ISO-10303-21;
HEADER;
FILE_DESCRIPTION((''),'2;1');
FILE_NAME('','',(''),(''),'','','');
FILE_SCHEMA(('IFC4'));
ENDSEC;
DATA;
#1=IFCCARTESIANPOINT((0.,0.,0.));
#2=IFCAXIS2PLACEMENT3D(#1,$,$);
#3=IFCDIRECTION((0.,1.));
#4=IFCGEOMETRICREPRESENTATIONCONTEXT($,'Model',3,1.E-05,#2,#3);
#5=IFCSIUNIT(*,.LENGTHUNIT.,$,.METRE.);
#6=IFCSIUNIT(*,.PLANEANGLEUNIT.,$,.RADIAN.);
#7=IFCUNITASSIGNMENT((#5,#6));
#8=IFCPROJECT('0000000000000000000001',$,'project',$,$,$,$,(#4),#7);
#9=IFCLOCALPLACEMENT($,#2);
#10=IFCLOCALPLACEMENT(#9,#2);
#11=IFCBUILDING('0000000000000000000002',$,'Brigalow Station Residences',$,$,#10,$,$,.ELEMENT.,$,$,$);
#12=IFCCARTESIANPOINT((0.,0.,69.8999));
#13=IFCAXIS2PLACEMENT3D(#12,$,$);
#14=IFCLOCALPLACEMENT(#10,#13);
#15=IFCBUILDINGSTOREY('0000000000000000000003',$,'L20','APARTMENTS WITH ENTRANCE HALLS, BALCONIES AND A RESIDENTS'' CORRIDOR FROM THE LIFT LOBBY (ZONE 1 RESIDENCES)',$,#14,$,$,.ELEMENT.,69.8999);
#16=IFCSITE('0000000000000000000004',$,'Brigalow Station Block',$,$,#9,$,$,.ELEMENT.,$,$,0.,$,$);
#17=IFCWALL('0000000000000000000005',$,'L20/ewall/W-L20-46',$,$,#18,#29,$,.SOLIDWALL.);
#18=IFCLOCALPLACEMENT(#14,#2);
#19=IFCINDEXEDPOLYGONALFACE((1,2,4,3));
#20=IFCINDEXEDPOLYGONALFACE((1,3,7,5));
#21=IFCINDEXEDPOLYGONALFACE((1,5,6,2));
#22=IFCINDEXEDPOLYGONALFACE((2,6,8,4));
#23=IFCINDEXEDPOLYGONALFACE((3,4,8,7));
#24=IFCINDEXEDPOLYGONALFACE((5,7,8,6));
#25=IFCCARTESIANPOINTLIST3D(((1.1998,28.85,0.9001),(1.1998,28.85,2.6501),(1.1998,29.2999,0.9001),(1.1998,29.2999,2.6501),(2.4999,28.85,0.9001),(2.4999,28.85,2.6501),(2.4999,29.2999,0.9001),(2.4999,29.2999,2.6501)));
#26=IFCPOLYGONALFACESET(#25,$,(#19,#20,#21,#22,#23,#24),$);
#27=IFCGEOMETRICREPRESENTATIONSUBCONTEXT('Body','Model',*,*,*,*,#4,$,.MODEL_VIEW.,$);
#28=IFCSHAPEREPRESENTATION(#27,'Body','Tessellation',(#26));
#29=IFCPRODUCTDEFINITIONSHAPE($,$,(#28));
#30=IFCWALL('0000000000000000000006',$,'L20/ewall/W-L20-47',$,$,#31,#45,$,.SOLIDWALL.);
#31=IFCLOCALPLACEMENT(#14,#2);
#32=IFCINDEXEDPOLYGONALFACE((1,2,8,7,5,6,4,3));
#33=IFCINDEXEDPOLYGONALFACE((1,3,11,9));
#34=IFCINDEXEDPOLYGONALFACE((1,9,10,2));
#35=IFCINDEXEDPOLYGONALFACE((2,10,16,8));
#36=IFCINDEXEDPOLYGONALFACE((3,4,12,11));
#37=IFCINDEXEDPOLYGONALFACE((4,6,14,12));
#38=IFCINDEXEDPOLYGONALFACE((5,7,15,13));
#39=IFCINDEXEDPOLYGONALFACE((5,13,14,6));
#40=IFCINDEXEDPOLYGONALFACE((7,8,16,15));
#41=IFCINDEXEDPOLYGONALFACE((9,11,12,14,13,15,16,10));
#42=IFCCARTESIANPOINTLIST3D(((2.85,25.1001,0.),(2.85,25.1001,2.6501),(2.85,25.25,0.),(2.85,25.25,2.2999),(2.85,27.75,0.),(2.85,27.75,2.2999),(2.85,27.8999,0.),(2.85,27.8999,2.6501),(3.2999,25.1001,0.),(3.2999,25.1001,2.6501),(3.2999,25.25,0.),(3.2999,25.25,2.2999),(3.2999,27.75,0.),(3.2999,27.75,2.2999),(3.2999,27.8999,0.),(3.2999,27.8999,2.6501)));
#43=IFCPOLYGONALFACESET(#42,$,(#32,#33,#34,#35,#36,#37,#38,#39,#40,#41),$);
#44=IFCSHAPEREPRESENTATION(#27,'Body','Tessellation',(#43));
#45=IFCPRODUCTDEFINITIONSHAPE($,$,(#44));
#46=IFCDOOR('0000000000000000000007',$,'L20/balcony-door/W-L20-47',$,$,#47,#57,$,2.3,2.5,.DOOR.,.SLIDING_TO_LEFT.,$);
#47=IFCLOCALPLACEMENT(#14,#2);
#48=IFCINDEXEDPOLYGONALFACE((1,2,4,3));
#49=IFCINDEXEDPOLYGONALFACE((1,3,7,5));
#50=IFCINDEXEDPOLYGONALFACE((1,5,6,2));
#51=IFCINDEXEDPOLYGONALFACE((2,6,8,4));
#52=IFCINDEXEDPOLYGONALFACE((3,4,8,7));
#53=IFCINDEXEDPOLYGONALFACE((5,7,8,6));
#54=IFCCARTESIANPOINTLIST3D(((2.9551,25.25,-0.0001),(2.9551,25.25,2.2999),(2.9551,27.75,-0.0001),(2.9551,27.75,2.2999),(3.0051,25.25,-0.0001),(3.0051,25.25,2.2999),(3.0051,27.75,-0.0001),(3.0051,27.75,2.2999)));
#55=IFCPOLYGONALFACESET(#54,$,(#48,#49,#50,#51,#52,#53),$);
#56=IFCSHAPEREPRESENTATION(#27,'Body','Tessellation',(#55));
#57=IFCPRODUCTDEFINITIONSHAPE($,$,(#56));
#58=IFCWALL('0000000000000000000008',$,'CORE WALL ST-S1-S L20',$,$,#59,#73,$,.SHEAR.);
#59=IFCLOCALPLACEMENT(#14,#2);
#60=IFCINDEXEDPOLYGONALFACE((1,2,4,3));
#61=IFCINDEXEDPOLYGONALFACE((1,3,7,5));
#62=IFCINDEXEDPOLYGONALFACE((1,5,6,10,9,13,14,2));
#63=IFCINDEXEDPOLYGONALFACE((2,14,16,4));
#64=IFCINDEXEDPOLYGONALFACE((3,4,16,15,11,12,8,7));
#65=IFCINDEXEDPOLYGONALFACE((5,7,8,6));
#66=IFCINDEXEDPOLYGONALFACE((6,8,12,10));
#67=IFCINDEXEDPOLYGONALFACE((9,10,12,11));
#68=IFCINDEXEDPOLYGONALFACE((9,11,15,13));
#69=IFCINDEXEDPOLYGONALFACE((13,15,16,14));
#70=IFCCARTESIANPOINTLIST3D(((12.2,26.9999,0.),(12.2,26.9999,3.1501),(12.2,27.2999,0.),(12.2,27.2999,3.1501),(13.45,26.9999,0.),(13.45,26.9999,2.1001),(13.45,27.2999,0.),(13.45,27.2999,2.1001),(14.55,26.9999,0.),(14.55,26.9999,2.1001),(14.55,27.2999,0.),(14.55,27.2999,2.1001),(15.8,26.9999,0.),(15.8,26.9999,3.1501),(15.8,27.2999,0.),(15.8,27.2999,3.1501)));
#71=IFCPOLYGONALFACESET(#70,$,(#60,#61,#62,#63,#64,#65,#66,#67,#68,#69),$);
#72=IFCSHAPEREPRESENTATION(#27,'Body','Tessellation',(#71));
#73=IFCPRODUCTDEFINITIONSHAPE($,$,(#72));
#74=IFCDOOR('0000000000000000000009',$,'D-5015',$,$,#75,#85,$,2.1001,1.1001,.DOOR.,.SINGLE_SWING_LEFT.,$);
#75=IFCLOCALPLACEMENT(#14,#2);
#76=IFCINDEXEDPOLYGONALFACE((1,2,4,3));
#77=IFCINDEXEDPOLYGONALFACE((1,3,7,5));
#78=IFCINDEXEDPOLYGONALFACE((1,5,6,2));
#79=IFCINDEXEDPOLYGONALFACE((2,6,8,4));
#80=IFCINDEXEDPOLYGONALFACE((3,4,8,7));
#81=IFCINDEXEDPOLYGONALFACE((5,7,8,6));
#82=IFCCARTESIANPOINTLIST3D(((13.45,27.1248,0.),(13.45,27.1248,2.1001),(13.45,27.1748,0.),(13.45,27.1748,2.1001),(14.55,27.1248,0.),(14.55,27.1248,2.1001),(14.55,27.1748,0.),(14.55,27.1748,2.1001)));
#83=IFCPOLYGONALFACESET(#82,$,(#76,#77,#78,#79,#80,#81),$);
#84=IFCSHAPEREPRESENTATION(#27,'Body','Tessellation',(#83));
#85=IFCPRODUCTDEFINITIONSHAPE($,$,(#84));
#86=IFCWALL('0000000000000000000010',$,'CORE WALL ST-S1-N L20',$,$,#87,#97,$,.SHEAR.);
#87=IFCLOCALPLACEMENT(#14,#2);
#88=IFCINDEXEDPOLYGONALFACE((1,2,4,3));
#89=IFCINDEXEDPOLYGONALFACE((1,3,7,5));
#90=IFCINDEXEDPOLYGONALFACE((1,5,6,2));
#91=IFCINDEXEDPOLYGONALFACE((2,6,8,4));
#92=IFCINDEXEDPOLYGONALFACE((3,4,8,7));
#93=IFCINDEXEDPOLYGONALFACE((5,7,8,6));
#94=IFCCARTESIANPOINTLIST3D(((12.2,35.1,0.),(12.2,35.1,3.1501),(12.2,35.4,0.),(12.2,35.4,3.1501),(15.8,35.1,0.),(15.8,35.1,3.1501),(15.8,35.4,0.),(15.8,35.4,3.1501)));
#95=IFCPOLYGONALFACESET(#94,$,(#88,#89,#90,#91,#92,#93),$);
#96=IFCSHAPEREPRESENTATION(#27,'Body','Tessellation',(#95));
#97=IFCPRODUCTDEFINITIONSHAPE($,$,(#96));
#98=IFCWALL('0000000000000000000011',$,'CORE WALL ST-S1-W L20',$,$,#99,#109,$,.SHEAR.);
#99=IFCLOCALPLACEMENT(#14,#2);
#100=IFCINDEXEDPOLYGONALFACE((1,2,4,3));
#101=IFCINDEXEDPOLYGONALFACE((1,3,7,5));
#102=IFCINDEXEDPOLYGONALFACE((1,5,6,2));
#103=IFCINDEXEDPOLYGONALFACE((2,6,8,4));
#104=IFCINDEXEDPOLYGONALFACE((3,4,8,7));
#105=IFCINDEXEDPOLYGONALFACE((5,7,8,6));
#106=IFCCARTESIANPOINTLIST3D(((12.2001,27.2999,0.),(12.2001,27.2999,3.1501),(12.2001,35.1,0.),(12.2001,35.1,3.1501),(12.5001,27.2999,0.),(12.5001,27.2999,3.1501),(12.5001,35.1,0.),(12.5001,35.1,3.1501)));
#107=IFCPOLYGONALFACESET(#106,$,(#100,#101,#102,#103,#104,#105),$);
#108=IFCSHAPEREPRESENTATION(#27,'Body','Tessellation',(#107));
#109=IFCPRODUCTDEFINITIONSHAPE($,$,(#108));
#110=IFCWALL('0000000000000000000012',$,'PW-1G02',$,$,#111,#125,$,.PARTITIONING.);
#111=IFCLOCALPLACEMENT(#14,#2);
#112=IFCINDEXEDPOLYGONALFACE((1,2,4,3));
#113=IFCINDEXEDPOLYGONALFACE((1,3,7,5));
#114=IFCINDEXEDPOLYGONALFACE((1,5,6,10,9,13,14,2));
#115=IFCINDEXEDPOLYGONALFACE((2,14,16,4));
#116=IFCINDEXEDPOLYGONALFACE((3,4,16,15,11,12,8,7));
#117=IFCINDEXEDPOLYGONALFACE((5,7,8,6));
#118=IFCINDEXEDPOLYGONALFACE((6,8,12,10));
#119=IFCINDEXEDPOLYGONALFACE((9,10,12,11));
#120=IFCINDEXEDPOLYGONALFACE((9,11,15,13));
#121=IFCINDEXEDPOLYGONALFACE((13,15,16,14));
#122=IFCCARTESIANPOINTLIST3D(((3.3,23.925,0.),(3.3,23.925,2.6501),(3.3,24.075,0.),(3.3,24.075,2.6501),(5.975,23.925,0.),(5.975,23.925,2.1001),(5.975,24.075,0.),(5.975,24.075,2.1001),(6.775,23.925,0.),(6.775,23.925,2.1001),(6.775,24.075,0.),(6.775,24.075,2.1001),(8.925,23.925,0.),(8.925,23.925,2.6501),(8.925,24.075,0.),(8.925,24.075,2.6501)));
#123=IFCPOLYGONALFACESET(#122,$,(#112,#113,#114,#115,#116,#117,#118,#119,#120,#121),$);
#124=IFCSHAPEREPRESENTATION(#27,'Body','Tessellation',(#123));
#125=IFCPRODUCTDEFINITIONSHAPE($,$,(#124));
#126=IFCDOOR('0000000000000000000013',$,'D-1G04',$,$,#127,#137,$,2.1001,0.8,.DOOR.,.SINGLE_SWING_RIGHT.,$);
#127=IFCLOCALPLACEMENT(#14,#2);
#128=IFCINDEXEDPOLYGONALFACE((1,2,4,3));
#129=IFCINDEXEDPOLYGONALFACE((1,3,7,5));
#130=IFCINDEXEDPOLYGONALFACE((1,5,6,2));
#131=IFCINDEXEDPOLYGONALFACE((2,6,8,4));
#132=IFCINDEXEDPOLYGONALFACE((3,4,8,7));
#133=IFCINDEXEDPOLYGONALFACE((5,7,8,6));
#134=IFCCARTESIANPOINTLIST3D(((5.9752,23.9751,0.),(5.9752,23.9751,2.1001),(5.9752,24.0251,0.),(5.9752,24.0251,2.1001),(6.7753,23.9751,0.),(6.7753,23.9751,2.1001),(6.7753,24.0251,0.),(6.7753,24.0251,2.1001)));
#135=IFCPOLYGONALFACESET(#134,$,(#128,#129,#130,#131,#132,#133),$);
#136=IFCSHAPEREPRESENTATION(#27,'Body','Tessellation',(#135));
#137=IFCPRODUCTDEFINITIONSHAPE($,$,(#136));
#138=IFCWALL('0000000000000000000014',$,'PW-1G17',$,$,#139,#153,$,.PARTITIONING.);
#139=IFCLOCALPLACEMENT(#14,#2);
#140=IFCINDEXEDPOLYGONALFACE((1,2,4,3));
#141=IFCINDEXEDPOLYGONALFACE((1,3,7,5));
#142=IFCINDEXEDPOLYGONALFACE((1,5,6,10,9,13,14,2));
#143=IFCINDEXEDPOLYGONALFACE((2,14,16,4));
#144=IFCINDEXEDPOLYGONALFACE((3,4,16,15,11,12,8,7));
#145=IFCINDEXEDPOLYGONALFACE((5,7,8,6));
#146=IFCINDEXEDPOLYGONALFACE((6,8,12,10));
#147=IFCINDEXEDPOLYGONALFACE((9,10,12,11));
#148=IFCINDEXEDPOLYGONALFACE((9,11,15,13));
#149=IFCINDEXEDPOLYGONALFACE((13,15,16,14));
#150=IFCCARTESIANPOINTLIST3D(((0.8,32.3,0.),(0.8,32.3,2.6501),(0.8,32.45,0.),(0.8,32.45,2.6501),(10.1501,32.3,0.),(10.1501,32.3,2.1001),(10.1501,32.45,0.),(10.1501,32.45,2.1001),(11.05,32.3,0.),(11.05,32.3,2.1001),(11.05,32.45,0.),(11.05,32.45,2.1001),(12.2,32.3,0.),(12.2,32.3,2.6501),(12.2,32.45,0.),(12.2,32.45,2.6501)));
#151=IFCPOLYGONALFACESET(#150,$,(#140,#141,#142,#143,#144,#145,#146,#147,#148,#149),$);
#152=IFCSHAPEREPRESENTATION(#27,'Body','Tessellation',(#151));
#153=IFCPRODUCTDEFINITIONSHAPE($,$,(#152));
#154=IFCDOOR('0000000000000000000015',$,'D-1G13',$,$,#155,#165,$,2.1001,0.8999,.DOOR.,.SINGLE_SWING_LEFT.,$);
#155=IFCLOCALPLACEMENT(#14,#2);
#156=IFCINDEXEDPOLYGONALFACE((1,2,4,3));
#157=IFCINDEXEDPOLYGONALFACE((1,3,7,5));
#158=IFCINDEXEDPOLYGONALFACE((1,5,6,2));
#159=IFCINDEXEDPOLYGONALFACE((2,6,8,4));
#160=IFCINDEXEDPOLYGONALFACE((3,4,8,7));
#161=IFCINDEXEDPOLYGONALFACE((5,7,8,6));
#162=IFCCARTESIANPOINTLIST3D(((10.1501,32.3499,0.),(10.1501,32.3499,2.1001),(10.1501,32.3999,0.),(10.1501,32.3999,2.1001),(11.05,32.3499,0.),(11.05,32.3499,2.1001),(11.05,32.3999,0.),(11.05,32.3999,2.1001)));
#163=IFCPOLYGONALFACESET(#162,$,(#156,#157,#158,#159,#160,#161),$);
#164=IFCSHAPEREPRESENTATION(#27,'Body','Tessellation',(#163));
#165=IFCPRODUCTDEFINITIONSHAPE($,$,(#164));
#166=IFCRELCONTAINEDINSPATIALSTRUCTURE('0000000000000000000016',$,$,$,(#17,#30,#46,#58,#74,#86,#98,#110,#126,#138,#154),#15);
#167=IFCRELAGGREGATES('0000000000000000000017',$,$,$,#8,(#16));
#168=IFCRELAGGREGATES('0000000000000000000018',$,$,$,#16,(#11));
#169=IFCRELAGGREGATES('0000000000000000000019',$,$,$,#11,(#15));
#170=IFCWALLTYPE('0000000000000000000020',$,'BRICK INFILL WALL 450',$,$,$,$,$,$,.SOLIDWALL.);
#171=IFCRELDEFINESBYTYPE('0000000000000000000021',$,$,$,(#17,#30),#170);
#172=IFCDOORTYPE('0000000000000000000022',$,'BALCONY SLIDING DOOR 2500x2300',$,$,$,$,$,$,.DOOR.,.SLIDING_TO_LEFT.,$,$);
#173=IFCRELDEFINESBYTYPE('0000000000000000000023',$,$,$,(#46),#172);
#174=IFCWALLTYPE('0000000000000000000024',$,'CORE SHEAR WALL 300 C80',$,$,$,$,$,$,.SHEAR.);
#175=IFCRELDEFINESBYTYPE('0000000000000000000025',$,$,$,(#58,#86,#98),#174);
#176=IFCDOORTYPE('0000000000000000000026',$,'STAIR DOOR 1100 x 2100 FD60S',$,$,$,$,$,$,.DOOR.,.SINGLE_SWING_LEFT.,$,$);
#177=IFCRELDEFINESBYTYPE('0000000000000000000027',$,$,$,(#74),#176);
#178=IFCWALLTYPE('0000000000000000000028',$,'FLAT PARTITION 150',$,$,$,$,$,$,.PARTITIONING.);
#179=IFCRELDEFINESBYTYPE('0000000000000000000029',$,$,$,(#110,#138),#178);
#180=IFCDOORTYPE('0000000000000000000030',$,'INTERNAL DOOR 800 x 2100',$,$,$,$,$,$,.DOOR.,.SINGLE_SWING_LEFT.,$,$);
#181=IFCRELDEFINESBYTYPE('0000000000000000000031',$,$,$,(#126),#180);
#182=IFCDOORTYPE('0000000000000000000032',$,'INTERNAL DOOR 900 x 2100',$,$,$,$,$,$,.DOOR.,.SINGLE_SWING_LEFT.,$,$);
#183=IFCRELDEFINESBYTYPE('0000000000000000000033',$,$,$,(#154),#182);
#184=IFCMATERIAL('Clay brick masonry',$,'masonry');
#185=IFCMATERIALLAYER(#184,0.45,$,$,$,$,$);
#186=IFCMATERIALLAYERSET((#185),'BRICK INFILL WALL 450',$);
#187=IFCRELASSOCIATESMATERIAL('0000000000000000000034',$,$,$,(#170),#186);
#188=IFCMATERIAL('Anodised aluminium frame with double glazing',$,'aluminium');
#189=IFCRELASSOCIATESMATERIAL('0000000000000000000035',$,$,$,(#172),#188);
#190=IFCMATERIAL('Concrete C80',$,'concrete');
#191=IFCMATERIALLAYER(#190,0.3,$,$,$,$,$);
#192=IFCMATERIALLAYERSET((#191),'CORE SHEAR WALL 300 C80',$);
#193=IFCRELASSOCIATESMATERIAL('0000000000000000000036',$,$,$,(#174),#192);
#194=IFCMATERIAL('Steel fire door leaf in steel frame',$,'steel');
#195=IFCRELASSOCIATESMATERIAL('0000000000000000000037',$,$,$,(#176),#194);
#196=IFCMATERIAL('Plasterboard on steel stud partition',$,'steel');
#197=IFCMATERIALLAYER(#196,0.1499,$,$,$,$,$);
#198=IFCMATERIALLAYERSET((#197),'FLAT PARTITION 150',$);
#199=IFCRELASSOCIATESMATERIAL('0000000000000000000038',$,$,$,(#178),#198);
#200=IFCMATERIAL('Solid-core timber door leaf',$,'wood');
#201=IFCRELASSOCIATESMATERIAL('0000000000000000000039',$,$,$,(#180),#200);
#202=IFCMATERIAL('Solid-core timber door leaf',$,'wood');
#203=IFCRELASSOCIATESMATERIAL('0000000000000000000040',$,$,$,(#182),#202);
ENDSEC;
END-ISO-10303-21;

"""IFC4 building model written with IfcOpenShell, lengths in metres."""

from ifc_helpers import new_model, si_unit, direction, frame, frame_2d, origin, place, context, subcontext, project, spatial, rectangle, extrude, material, layer, layer_set, type_object, element, fill, save


model = new_model("IFC4")

# Units and contexts
model_context = context("Model", 3, precision=1e-05, world=origin(), true_north=direction((0.0, 1.0)))
body_context = subcontext(model_context, "Body", "Model", "MODEL_VIEW")
ifc_project = project(units=[si_unit("LENGTHUNIT", "METRE"), si_unit("PLANEANGLEUNIT", "RADIAN")], contexts=[model_context])

# Site, building, storey
site_placement = place(None, origin())
site = spatial("IfcSite", under=ifc_project, at=site_placement, Name="Brigalow Station Block", CompositionType="ELEMENT", RefElevation=0.0)
building_placement = place(site_placement, origin())
building = spatial("IfcBuilding", under=site, at=building_placement, Name="Brigalow Station Residences", CompositionType="ELEMENT")
storey_placement = place(building_placement, frame((0.0, 0.0, 69.8999)))
storey = spatial("IfcBuildingStorey", under=building, at=storey_placement, Name="L20", Description="APARTMENTS WITH ENTRANCE HALLS, BALCONIES AND A RESIDENTS' CORRIDOR FROM THE LIFT LOBBY (ZONE 1 RESIDENCES)", CompositionType="ELEMENT", Elevation=69.8999)

# Shared definitions
ifc_material_1 = material(Name="Clay brick masonry", Category="masonry")
ifc_layer_1 = layer(ifc_material_1, 0.45)
ifc_layer_set_1 = layer_set([ifc_layer_1], Name="BRICK INFILL WALL 450")
wall_type_1 = type_object("IfcWallType", Name="BRICK INFILL WALL 450", PredefinedType="SOLIDWALL", material=ifc_layer_set_1)

# Wall
wall_1_placement = place(storey_placement, frame((1.2, 29.075, 0.9001), z_axis=(0.0, 0.0, 1.0), x_axis=(1.0, 0.0, 0.0)))
element("IfcWall", 1, at=wall_1_placement, inside=storey, type_object=wall_type_1, Name="L20/ewall/W-L20-46", PredefinedType="SOLIDWALL", context=body_context, shape_type="SweptSolid", body=[
    extrude(rectangle(XDim=1.3, YDim=0.45, at=frame_2d((0.6499, 0.0))), origin(), (0.0, 0.0, 1.0), 1.75),
])

# Walls, openings, doors
wall_2_placement = place(storey_placement, frame((3.075, 27.8999, 0.0), z_axis=(0.0, 0.0, 1.0), x_axis=(0.0, -1.0, 0.0)))
wall_2 = element("IfcWall", 2, at=wall_2_placement, inside=storey, type_object=wall_type_1, Name="L20/ewall/W-L20-47", PredefinedType="SOLIDWALL", context=body_context, shape_type="SweptSolid", body=[
    extrude(rectangle(XDim=2.7998, YDim=0.45, at=frame_2d((1.3999, 0.0))), origin(), (0.0, 0.0, 1.0), 2.6501),
])
opening_1_placement = place(wall_2_placement, frame((0.1499, 0.0, 0.0)))
opening_1 = element("IfcOpeningElement", 3, at=opening_1_placement, cuts=wall_2, PredefinedType="OPENING", context=body_context, shape_type="SweptSolid", body=[
    extrude(rectangle(XDim=2.5, YDim=2.3, at=frame_2d((1.25, 1.1499))), frame((0.0, 0.2349, 0.0), z_axis=(0.0, -1.0, 0.0), x_axis=(1.0, 0.0, 0.0)), (0.0, 0.0, 1.0), 0.47),
])
ifc_material_2 = material(Name="Anodised aluminium frame with double glazing", Category="aluminium")
door_type_1 = type_object("IfcDoorType", Name="BALCONY SLIDING DOOR 2500x2300", OperationType="SLIDING_TO_LEFT", PredefinedType="DOOR", material=ifc_material_2)
door_1_placement = place(opening_1_placement, origin())
door_1 = element("IfcDoor", 4, at=door_1_placement, inside=storey, type_object=door_type_1, Name="L20/balcony-door/W-L20-47", OperationType="SLIDING_TO_LEFT", OverallHeight=2.3, OverallWidth=2.5, PredefinedType="DOOR", context=body_context, shape_type="SweptSolid", body=[
    extrude(rectangle(XDim=2.5, YDim=2.3, at=frame_2d((1.25, 1.1499))), frame((0.0, -0.0698, 0.0), z_axis=(0.0, -1.0, 0.0), x_axis=(1.0, 0.0, 0.0)), (0.0, 0.0, 1.0), 0.05),
])
fill(opening_1, door_1)
ifc_material_3 = material(Name="Concrete C80", Category="concrete")
ifc_layer_2 = layer(ifc_material_3, 0.3)
ifc_layer_set_2 = layer_set([ifc_layer_2], Name="CORE SHEAR WALL 300 C80")
wall_type_2 = type_object("IfcWallType", Name="CORE SHEAR WALL 300 C80", PredefinedType="SHEAR", material=ifc_layer_set_2)
wall_3_placement = place(storey_placement, frame((12.2, 27.1499, 0.0), z_axis=(0.0, 0.0, 1.0), x_axis=(1.0, 0.0, 0.0)))
wall_3 = element("IfcWall", 5, at=wall_3_placement, inside=storey, type_object=wall_type_2, Name="CORE WALL ST-S1-S L20", PredefinedType="SHEAR", context=body_context, shape_type="SweptSolid", body=[
    extrude(rectangle(XDim=3.6001, YDim=0.3, at=frame_2d((1.8, 0.0))), origin(), (0.0, 0.0, 1.0), 3.1501),
])
opening_2_placement = place(wall_3_placement, frame((1.25, 0.0, 0.0)))
opening_2 = element("IfcOpeningElement", 6, at=opening_2_placement, cuts=wall_3, PredefinedType="OPENING", context=body_context, shape_type="SweptSolid", body=[
    extrude(rectangle(XDim=1.1001, YDim=2.1001, at=frame_2d((0.55, 1.05))), frame((0.0, 0.1602, 0.0), z_axis=(0.0, -1.0, 0.0), x_axis=(1.0, 0.0, 0.0)), (0.0, 0.0, 1.0), 0.3201),
])
ifc_material_4 = material(Name="Steel fire door leaf in steel frame", Category="steel")
door_type_2 = type_object("IfcDoorType", Name="STAIR DOOR 1100 x 2100 FD60S", OperationType="SINGLE_SWING_LEFT", PredefinedType="DOOR", material=ifc_material_4)
door_2_placement = place(opening_2_placement, origin())
door_2 = element("IfcDoor", 7, at=door_2_placement, inside=storey, type_object=door_type_2, Name="D-5015", OperationType="SINGLE_SWING_LEFT", OverallHeight=2.1001, OverallWidth=1.1001, PredefinedType="DOOR", context=body_context, shape_type="SweptSolid", body=[
    extrude(rectangle(XDim=1.1001, YDim=2.1001, at=frame_2d((0.55, 1.05))), frame((0.0, 0.0249, 0.0), z_axis=(0.0, -1.0, 0.0), x_axis=(1.0, 0.0, 0.0)), (0.0, 0.0, 1.0), 0.05),
])
fill(opening_2, door_2)

# Walls
wall_4_placement = place(storey_placement, frame((12.2, 35.25, 0.0), z_axis=(0.0, 0.0, 1.0), x_axis=(1.0, 0.0, 0.0)))
element("IfcWall", 8, at=wall_4_placement, inside=storey, type_object=wall_type_2, Name="CORE WALL ST-S1-N L20", PredefinedType="SHEAR", context=body_context, shape_type="SweptSolid", body=[
    extrude(rectangle(XDim=3.6001, YDim=0.3, at=frame_2d((1.8, 0.0))), origin(), (0.0, 0.0, 1.0), 3.1501),
])
wall_5_placement = place(storey_placement, frame((12.3501, 27.3, 0.0), z_axis=(0.0, 0.0, 1.0), x_axis=(0.0, 1.0, 0.0)))
element("IfcWall", 9, at=wall_5_placement, inside=storey, type_object=wall_type_2, Name="CORE WALL ST-S1-W L20", PredefinedType="SHEAR", context=body_context, shape_type="SweptSolid", body=[
    extrude(rectangle(XDim=7.8, YDim=0.3, at=frame_2d((3.8999, 0.0))), origin(), (0.0, 0.0, 1.0), 3.1501),
])

# Walls, openings, doors
ifc_material_5 = material(Name="Plasterboard on steel stud partition", Category="steel")
ifc_layer_3 = layer(ifc_material_5, 0.1499)
ifc_layer_set_3 = layer_set([ifc_layer_3], Name="FLAT PARTITION 150")
wall_type_3 = type_object("IfcWallType", Name="FLAT PARTITION 150", PredefinedType="PARTITIONING", material=ifc_layer_set_3)
wall_6_placement = place(storey_placement, frame((3.3, 24.0, 0.0), z_axis=(0.0, 0.0, 1.0), x_axis=(1.0, 0.0, 0.0)))
wall_6 = element("IfcWall", 10, at=wall_6_placement, inside=storey, type_object=wall_type_3, Name="PW-1G02", PredefinedType="PARTITIONING", context=body_context, shape_type="SweptSolid", body=[
    extrude(rectangle(XDim=5.625, YDim=0.1499, at=frame_2d((2.8125, 0.0))), origin(), (0.0, 0.0, 1.0), 2.6501),
])
opening_3_placement = place(wall_6_placement, frame((2.675, 0.0, 0.0)))
opening_3 = element("IfcOpeningElement", 11, at=opening_3_placement, cuts=wall_6, PredefinedType="OPENING", context=body_context, shape_type="SweptSolid", body=[
    extrude(rectangle(XDim=0.8, YDim=2.1001, at=frame_2d((0.3999, 1.05))), frame((0.0, 0.085, 0.0), z_axis=(0.0, -1.0, 0.0), x_axis=(1.0, 0.0, 0.0)), (0.0, 0.0, 1.0), 0.1699),
])
ifc_material_6 = material(Name="Solid-core timber door leaf", Category="wood")
door_type_3 = type_object("IfcDoorType", Name="INTERNAL DOOR 800 x 2100", OperationType="SINGLE_SWING_LEFT", PredefinedType="DOOR", material=ifc_material_6)
door_3_placement = place(opening_3_placement, frame((0.8, 0.0, 0.0), z_axis=(0.0, 0.0, 1.0), x_axis=(-1.0, 0.0, 0.0)))
door_3 = element("IfcDoor", 12, at=door_3_placement, inside=storey, type_object=door_type_3, Name="D-1G04", OperationType="SINGLE_SWING_RIGHT", OverallHeight=2.1001, OverallWidth=0.8, PredefinedType="DOOR", context=body_context, shape_type="SweptSolid", body=[
    extrude(rectangle(XDim=0.8, YDim=2.1001, at=frame_2d((0.3999, 1.05))), frame((0.0, 0.0249, 0.0), z_axis=(0.0, -1.0, 0.0), x_axis=(1.0, 0.0, 0.0)), (0.0, 0.0, 1.0), 0.05),
])
fill(opening_3, door_3)
wall_7_placement = place(storey_placement, frame((0.8, 32.375, 0.0), z_axis=(0.0, 0.0, 1.0), x_axis=(1.0, 0.0, 0.0)))
wall_7 = element("IfcWall", 13, at=wall_7_placement, inside=storey, type_object=wall_type_3, Name="PW-1G17", PredefinedType="PARTITIONING", context=body_context, shape_type="SweptSolid", body=[
    extrude(rectangle(XDim=11.3999, YDim=0.1499, at=frame_2d((5.7, 0.0))), origin(), (0.0, 0.0, 1.0), 2.6501),
])
opening_4_placement = place(wall_7_placement, frame((9.3501, 0.0, 0.0)))
opening_4 = element("IfcOpeningElement", 14, at=opening_4_placement, cuts=wall_7, PredefinedType="OPENING", context=body_context, shape_type="SweptSolid", body=[
    extrude(rectangle(XDim=0.8999, YDim=2.1001, at=frame_2d((0.45, 1.05))), frame((0.0, 0.085, 0.0), z_axis=(0.0, -1.0, 0.0), x_axis=(1.0, 0.0, 0.0)), (0.0, 0.0, 1.0), 0.1699),
])
ifc_material_7 = material(Name="Solid-core timber door leaf", Category="wood")
door_type_4 = type_object("IfcDoorType", Name="INTERNAL DOOR 900 x 2100", OperationType="SINGLE_SWING_LEFT", PredefinedType="DOOR", material=ifc_material_7)
door_4_placement = place(opening_4_placement, origin())
door_4 = element("IfcDoor", 15, at=door_4_placement, inside=storey, type_object=door_type_4, Name="D-1G13", OperationType="SINGLE_SWING_LEFT", OverallHeight=2.1001, OverallWidth=0.8999, PredefinedType="DOOR", context=body_context, shape_type="SweptSolid", body=[
    extrude(rectangle(XDim=0.8999, YDim=2.1001, at=frame_2d((0.45, 1.05))), frame((0.0, 0.0249, 0.0), z_axis=(0.0, -1.0, 0.0), x_axis=(1.0, 0.0, 0.0)), (0.0, 0.0, 1.0), 0.05),
])
fill(opening_4, door_4)

save(model, "model.ifc")
